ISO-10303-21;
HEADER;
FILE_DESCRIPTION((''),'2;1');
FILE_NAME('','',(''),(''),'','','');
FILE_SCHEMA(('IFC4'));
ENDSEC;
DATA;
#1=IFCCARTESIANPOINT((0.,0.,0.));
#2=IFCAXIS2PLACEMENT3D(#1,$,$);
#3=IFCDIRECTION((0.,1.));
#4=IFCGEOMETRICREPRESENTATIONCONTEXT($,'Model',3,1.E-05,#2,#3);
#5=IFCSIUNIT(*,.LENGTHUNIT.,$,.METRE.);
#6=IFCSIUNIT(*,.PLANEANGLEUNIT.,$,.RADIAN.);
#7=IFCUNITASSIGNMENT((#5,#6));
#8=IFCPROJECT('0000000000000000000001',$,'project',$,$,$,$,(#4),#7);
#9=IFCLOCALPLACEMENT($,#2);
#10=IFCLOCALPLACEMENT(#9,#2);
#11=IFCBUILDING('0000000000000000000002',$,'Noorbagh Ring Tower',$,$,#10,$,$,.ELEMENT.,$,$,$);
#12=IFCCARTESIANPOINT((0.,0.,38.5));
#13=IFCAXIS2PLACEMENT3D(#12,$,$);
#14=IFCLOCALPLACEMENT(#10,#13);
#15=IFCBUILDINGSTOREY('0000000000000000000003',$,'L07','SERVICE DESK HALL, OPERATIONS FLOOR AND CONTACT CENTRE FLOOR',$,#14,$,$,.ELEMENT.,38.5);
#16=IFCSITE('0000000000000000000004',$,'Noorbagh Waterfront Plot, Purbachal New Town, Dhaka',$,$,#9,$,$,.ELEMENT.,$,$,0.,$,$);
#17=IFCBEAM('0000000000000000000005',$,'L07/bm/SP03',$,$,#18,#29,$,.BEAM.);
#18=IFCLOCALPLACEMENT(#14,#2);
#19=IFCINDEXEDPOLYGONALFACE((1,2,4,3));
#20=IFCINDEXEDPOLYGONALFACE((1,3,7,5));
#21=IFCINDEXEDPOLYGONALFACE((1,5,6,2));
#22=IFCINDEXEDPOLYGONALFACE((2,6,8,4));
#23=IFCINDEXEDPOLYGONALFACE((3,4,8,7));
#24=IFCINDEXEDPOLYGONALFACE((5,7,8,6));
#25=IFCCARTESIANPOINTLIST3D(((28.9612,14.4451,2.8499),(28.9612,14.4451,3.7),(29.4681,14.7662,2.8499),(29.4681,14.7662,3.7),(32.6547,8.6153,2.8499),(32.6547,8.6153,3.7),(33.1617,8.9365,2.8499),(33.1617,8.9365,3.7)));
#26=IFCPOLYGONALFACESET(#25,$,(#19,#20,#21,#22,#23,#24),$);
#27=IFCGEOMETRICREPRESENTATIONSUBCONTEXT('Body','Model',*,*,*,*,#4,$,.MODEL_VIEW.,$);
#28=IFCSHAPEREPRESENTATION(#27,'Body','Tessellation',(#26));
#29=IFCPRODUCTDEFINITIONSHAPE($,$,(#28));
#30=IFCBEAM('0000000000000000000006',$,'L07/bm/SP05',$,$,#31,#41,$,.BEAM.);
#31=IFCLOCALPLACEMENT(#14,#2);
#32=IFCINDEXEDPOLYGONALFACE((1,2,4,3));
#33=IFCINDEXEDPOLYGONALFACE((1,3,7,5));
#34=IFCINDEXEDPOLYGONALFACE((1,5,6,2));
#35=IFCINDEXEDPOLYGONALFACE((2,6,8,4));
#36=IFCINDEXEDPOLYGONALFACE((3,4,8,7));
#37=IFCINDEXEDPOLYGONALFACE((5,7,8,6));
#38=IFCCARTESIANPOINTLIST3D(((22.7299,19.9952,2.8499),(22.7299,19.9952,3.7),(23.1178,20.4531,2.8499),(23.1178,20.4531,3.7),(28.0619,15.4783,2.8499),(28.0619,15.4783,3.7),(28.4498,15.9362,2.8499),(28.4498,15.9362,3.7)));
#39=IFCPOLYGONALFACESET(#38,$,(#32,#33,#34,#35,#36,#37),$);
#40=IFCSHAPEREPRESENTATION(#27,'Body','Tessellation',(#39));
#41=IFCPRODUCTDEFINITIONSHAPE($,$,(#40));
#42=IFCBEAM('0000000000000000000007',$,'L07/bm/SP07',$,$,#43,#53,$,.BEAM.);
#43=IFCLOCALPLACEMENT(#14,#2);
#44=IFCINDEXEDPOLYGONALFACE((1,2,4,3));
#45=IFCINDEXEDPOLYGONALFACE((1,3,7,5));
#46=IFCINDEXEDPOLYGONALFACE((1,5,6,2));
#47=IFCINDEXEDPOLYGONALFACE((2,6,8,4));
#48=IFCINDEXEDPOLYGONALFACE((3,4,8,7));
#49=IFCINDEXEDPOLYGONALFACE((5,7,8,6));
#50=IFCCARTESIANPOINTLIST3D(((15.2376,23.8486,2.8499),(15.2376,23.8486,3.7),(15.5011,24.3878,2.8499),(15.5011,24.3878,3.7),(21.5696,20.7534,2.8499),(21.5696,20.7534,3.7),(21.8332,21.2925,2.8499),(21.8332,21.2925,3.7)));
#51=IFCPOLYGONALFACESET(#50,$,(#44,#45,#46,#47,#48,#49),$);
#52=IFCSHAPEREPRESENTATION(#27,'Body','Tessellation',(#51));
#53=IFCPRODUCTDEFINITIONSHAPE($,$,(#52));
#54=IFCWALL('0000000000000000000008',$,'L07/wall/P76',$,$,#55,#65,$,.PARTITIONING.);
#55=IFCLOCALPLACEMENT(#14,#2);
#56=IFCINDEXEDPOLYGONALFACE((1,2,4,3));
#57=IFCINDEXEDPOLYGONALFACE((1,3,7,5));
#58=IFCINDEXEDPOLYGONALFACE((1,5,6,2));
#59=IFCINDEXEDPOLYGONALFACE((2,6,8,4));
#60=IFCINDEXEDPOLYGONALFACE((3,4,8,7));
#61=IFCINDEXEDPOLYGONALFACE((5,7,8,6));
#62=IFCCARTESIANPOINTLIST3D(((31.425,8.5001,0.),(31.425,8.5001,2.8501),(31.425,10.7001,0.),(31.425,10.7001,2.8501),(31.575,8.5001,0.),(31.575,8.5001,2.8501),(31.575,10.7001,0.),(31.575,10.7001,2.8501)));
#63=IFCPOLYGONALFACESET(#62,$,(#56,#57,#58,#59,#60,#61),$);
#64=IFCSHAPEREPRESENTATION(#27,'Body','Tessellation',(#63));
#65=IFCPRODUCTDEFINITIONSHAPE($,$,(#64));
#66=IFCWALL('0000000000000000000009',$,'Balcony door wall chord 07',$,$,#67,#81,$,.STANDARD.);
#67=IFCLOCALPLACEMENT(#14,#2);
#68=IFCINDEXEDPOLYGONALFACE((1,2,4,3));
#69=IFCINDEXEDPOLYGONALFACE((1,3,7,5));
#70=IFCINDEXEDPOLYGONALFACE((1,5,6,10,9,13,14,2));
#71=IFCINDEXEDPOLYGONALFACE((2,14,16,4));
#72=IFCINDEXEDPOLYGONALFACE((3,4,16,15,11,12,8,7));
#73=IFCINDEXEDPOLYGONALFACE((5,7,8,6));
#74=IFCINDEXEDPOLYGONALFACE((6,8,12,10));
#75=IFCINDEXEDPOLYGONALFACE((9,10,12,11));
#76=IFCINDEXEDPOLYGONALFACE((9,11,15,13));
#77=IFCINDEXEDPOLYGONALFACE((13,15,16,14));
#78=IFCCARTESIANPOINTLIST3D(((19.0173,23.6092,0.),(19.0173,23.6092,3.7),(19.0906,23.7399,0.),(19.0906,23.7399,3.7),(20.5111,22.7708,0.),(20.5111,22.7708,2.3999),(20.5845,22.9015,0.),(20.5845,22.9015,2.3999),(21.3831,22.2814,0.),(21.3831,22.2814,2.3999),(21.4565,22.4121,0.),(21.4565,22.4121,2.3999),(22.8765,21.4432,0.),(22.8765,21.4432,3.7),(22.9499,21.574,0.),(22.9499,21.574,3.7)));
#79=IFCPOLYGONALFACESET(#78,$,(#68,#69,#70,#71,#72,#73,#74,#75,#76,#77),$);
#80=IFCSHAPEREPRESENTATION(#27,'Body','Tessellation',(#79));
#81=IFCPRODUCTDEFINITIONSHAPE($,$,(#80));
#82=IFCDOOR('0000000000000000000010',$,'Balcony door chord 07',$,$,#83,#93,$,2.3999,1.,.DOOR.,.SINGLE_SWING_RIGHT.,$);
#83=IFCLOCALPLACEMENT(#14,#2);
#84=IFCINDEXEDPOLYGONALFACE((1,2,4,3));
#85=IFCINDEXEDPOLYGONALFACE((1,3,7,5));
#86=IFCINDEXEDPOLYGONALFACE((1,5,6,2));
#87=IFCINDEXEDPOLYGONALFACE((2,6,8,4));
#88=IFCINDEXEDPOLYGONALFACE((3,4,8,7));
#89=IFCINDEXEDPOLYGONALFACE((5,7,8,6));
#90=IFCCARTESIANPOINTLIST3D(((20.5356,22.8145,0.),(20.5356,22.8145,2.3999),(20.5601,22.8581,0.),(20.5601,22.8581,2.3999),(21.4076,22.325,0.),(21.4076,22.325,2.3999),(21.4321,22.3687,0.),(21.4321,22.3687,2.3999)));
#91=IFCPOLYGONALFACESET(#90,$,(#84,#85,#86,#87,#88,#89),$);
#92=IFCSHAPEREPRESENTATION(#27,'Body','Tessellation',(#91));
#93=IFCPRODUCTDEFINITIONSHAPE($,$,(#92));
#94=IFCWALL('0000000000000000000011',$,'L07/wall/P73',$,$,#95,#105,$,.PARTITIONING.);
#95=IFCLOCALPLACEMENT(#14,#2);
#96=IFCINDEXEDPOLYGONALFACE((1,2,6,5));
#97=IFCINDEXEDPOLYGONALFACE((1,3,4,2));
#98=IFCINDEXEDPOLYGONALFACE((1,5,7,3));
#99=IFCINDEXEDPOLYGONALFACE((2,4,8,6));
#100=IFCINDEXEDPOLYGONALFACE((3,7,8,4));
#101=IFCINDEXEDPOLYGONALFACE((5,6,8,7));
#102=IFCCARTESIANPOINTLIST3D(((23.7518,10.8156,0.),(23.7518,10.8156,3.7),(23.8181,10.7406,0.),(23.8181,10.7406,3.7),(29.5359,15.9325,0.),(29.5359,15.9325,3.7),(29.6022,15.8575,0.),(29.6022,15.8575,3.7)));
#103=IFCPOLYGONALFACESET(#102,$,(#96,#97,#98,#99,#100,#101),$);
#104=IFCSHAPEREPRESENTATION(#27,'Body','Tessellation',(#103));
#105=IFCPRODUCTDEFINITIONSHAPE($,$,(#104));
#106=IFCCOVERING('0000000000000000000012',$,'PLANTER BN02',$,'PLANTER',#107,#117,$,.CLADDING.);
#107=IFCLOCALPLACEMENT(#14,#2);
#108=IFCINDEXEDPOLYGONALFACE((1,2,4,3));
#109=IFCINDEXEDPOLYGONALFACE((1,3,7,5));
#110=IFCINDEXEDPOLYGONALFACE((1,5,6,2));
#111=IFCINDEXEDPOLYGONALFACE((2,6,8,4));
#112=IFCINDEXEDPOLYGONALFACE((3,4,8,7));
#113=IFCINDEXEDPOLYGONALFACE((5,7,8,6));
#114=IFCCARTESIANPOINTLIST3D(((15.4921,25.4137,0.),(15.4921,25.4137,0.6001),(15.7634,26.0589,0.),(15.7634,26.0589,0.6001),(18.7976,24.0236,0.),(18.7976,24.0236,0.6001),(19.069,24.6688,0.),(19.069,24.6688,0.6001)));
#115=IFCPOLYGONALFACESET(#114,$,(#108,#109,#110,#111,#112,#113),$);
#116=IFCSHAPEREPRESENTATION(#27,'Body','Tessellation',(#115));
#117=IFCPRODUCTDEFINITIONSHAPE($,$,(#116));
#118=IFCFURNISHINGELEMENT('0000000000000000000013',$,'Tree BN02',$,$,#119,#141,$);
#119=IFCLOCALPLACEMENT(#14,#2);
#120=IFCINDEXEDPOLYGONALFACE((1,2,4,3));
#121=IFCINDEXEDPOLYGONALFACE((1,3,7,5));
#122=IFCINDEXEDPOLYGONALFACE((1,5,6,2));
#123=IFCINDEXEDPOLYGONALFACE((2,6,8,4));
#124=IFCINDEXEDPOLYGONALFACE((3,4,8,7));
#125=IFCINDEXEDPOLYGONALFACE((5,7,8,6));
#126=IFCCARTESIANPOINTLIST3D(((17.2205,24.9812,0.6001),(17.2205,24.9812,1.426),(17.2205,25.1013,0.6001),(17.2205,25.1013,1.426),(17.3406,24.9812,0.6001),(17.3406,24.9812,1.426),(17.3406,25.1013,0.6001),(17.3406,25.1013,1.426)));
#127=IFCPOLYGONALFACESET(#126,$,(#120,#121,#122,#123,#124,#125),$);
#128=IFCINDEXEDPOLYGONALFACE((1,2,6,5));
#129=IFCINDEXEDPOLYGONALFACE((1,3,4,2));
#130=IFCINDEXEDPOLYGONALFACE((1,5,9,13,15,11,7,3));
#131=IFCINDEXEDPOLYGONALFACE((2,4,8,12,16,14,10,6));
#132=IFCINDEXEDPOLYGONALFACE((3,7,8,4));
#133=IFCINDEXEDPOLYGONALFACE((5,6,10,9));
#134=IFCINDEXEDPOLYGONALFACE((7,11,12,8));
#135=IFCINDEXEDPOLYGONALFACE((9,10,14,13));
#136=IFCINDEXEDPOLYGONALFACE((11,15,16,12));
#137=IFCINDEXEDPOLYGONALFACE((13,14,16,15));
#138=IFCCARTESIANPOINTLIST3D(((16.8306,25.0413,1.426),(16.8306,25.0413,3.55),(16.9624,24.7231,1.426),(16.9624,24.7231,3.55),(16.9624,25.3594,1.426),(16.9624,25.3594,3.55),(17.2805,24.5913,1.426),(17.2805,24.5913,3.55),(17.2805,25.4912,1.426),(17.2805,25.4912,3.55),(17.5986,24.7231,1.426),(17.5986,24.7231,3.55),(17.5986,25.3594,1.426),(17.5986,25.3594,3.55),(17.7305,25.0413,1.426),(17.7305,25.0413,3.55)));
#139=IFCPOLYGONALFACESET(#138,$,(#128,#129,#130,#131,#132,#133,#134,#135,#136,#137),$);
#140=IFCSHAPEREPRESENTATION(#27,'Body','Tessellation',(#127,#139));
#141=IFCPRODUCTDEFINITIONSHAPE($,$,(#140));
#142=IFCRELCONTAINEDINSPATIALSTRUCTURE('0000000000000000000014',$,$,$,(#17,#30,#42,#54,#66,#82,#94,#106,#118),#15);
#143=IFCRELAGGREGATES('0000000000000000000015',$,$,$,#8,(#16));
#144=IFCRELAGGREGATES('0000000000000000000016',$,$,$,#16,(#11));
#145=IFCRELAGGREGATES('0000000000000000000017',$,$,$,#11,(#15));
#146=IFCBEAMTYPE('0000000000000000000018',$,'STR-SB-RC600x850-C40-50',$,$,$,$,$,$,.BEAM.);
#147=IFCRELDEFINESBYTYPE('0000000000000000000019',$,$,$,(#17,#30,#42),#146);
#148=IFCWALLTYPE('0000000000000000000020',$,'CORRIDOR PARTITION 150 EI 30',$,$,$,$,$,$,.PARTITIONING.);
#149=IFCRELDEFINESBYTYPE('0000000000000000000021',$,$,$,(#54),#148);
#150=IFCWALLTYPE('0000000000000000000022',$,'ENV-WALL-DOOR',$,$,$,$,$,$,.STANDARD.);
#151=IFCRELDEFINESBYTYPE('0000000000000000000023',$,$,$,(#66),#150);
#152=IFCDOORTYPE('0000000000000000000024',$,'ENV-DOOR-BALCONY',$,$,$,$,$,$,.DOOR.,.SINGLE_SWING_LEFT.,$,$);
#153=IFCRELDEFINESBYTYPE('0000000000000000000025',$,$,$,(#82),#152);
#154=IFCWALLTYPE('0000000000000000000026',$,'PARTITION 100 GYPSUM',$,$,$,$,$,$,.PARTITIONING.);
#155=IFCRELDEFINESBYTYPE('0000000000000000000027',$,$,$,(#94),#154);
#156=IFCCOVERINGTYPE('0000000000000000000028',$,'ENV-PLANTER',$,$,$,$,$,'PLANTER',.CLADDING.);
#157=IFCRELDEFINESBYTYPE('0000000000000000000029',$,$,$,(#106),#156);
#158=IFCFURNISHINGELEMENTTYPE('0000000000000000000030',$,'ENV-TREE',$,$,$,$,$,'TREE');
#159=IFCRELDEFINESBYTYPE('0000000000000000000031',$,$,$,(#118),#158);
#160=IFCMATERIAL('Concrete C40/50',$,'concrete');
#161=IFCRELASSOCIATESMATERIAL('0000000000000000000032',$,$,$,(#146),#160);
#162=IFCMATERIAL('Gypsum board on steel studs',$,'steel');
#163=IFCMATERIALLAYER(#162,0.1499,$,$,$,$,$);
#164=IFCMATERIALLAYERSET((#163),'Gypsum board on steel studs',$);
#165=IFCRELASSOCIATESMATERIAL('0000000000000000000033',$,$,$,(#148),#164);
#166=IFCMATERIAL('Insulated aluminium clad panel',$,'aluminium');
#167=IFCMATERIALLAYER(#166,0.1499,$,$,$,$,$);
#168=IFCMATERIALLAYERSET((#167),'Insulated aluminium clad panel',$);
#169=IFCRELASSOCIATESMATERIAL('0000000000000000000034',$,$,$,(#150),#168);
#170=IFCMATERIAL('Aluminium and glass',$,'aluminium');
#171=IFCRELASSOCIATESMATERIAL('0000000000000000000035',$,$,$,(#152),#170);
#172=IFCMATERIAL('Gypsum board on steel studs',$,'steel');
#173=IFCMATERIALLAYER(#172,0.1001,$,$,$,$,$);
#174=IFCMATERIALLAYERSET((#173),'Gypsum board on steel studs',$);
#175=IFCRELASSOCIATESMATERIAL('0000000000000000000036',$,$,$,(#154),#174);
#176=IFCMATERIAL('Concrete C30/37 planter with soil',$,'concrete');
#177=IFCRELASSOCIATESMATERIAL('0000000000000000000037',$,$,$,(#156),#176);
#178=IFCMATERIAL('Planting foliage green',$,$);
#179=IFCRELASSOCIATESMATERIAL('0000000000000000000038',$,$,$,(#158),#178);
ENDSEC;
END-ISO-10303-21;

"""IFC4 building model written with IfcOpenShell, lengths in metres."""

from ifc_helpers import new_model, si_unit, direction, frame, frame_2d, origin, origin_2d, place, context, subcontext, project, spatial, polyline, rectangle, outline, extrude, material, layer, layer_set, material_profile, profile_set, type_object, element, fill, save


model = new_model("IFC4")

# Units and contexts
model_context = context("Model", 3, precision=1e-05, world=origin(), true_north=direction((0.0, 1.0)))
body_context = subcontext(model_context, "Body", "Model", "MODEL_VIEW")
ifc_project = project(units=[si_unit("LENGTHUNIT", "METRE"), si_unit("PLANEANGLEUNIT", "RADIAN")], contexts=[model_context])

# Site, building, storey
site_placement = place(None, origin())
site = spatial("IfcSite", under=ifc_project, at=site_placement, Name="Noorbagh Waterfront Plot, Purbachal New Town, Dhaka", CompositionType="ELEMENT", RefElevation=0.0)
building_placement = place(site_placement, origin())
building = spatial("IfcBuilding", under=site, at=building_placement, Name="Noorbagh Ring Tower", CompositionType="ELEMENT")
storey_placement = place(building_placement, frame((0.0, 0.0, 38.5)))
storey = spatial("IfcBuildingStorey", under=building, at=storey_placement, Name="L07", Description="SERVICE DESK HALL, OPERATIONS FLOOR AND CONTACT CENTRE FLOOR", CompositionType="ELEMENT", Elevation=38.5)

# Beams
ifc_material_1 = material(Name="Concrete C40/50", Category="concrete")
ifc_material_profile_1 = material_profile(ifc_material_1, rectangle(XDim=0.6001, YDim=0.8501, at=origin_2d()), Name="RC600x850")
ifc_profile_set_1 = profile_set([ifc_material_profile_1], Name="Concrete C40/50")
beam_type_1 = type_object("IfcBeamType", Name="STR-SB-RC600x850-C40-50", PredefinedType="BEAM", material=ifc_profile_set_1)
beam_1_placement = place(storey_placement, frame((32.9082, 8.7759, 3.2749), z_axis=(-0.535194, 0.844729, 0.0), x_axis=(-0.844729, -0.535194, 0.0)))
element("IfcBeam", 1, at=beam_1_placement, inside=storey, type_object=beam_type_1, Name="L07/bm/SP03", PredefinedType="BEAM", context=body_context, shape_type="SweptSolid", body=[
    extrude(rectangle(XDim=0.6001, YDim=0.8501, at=origin_2d()), origin(), (0.0, 0.0, 1.0), 6.9014),
])
beam_2_placement = place(storey_placement, frame((28.2559, 15.7073, 3.2749), z_axis=(-0.763024, 0.64637, 0.0), x_axis=(-0.64637, -0.763024, 0.0)))
element("IfcBeam", 2, at=beam_2_placement, inside=storey, type_object=beam_type_1, Name="L07/bm/SP05", PredefinedType="BEAM", context=body_context, shape_type="SweptSolid", body=[
    extrude(rectangle(XDim=0.6001, YDim=0.8501, at=origin_2d()), origin(), (0.0, 0.0, 1.0), 6.988),
])
beam_3_placement = place(storey_placement, frame((21.7014, 21.0229, 3.2749), z_axis=(-0.898409, 0.439159, 0.0), x_axis=(-0.439159, -0.898409, 0.0)))
element("IfcBeam", 3, at=beam_3_placement, inside=storey, type_object=beam_type_1, Name="L07/bm/SP07", PredefinedType="BEAM", context=body_context, shape_type="SweptSolid", body=[
    extrude(rectangle(XDim=0.6001, YDim=0.8501, at=origin_2d()), origin(), (0.0, 0.0, 1.0), 7.0481),
])

# Wall
ifc_material_2 = material(Name="Gypsum board on steel studs", Category="steel")
ifc_layer_1 = layer(ifc_material_2, 0.1499)
ifc_layer_set_1 = layer_set([ifc_layer_1], Name="Gypsum board on steel studs")
wall_type_1 = type_object("IfcWallType", Name="CORRIDOR PARTITION 150 EI 30", PredefinedType="PARTITIONING", material=ifc_layer_set_1)
wall_1_placement = place(storey_placement, frame((31.5, 8.5, 0.0), z_axis=(0.0, 0.0, 1.0), x_axis=(0.0, 1.0, 0.0)))
element("IfcWall", 4, at=wall_1_placement, inside=storey, type_object=wall_type_1, Name="L07/wall/P76", PredefinedType="PARTITIONING", context=body_context, shape_type="SweptSolid", body=[
    extrude(rectangle(XDim=2.2, YDim=0.1499, at=frame_2d((1.1001, 0.0))), origin(), (0.0, 0.0, 1.0), 2.8501),
])

# Wall, opening, door
ifc_material_3 = material(Name="Insulated aluminium clad panel", Category="aluminium")
ifc_layer_2 = layer(ifc_material_3, 0.1499)
ifc_layer_set_2 = layer_set([ifc_layer_2], Name="Insulated aluminium clad panel")
wall_type_2 = type_object("IfcWallType", Name="ENV-WALL-DOOR", PredefinedType="STANDARD", material=ifc_layer_set_2)
wall_2_placement = place(storey_placement, frame((22.9133, 21.5085, 0.0), z_axis=(0.0, 0.0, 1.0), x_axis=(-0.872047, 0.489423, 0.0)))
wall_2 = element("IfcWall", 5, at=wall_2_placement, inside=storey, type_object=wall_type_2, Name="Balcony door wall chord 07", PredefinedType="STANDARD", context=body_context, shape_type="SweptSolid", body=[
    extrude(rectangle(XDim=4.4255, YDim=0.1499, at=frame_2d((2.2129, 0.0))), origin(), (0.0, 0.0, 1.0), 3.7),
])
opening_placement = place(wall_2_placement, frame((1.7126, 0.0, 0.0)))
opening = element("IfcOpeningElement", 6, at=opening_placement, cuts=wall_2, PredefinedType="OPENING", context=body_context, shape_type="SweptSolid", body=[
    extrude(rectangle(XDim=1.0, YDim=2.3999, at=frame_2d((0.5, 1.2))), frame((0.0, 0.085, 0.0), z_axis=(0.0, -1.0, 0.0), x_axis=(1.0, 0.0, 0.0)), (0.0, 0.0, 1.0), 0.1699),
])
ifc_material_4 = material(Name="Aluminium and glass", Category="aluminium")
door_type = type_object("IfcDoorType", Name="ENV-DOOR-BALCONY", OperationType="SINGLE_SWING_LEFT", PredefinedType="DOOR", material=ifc_material_4)
door_placement = place(opening_placement, origin())
door = element("IfcDoor", 7, at=door_placement, inside=storey, type_object=door_type, Name="Balcony door chord 07", OperationType="SINGLE_SWING_RIGHT", OverallHeight=2.3999, OverallWidth=1.0, PredefinedType="DOOR", context=body_context, shape_type="SweptSolid", body=[
    extrude(rectangle(XDim=1.0, YDim=2.3999, at=frame_2d((0.5, 1.2))), frame((0.0, 0.0249, 0.0), z_axis=(0.0, -1.0, 0.0), x_axis=(1.0, 0.0, 0.0)), (0.0, 0.0, 1.0), 0.05),
])
fill(opening, door)

# Wall
ifc_material_5 = material(Name="Gypsum board on steel studs", Category="steel")
ifc_layer_3 = layer(ifc_material_5, 0.1001)
ifc_layer_set_3 = layer_set([ifc_layer_3], Name="Gypsum board on steel studs")
wall_type_3 = type_object("IfcWallType", Name="PARTITION 100 GYPSUM", PredefinedType="PARTITIONING", material=ifc_layer_set_3)
wall_3_placement = place(storey_placement, frame((23.7849, 10.7781, 0.0), z_axis=(0.0, 0.0, 1.0), x_axis=(0.748986, 0.662586, 0.0)))
element("IfcWall", 8, at=wall_3_placement, inside=storey, type_object=wall_type_3, Name="L07/wall/P73", PredefinedType="PARTITIONING", context=body_context, shape_type="SweptSolid", body=[
    extrude(rectangle(XDim=7.7227, YDim=0.1001, at=frame_2d((3.8613, 0.0))), origin(), (0.0, 0.0, 1.0), 3.7),
])

# Covering
ifc_material_6 = material(Name="Concrete C30/37 planter with soil", Category="concrete")
covering_type = type_object("IfcCoveringType", Name="ENV-PLANTER", ElementType="PLANTER", PredefinedType="CLADDING", material=ifc_material_6)
covering_placement = place(storey_placement, frame((17.2805, 25.0413, 0.0), z_axis=(0.0, 0.0, 1.0), x_axis=(-0.921812, 0.387638, 0.0)))
element("IfcCovering", 9, at=covering_placement, inside=storey, type_object=covering_type, Name="PLANTER BN02", ObjectType="PLANTER", PredefinedType="CLADDING", context=body_context, shape_type="SweptSolid", body=[
    extrude(rectangle(XDim=3.5859, YDim=0.7, at=origin_2d()), origin(), (0.0, 0.0, 1.0), 0.6001),
])

# Furnishing element
ifc_material_7 = material(Name="Planting foliage green")
furnishing_element_type = type_object("IfcFurnishingElementType", Name="ENV-TREE", ElementType="TREE", material=ifc_material_7)
furnishing_placement = place(storey_placement, frame((17.2805, 25.0413, 0.6001), z_axis=(0.0, 0.0, 1.0), x_axis=(1.0, 0.0, 0.0)))
element("IfcFurnishingElement", 10, at=furnishing_placement, inside=storey, type_object=furnishing_element_type, Name="Tree BN02", context=body_context, shape_type="SweptSolid", body=[
    extrude(rectangle(XDim=0.1201, YDim=0.1201, at=origin_2d()), origin(), (0.0, 0.0, 1.0), 0.8259),
    extrude(outline(polyline([(0.45, 0.0), (0.3181, 0.3181), (0.0, 0.45), (-0.3181, 0.3181), (-0.45, 0.0), (-0.3181, -0.3181), (0.0, -0.45), (0.3181, -0.3181), (0.45, 0.0)])), frame((0.0, 0.0, 0.8259)), (0.0, 0.0, 1.0), 2.124),
])

save(model, "model.ifc")
